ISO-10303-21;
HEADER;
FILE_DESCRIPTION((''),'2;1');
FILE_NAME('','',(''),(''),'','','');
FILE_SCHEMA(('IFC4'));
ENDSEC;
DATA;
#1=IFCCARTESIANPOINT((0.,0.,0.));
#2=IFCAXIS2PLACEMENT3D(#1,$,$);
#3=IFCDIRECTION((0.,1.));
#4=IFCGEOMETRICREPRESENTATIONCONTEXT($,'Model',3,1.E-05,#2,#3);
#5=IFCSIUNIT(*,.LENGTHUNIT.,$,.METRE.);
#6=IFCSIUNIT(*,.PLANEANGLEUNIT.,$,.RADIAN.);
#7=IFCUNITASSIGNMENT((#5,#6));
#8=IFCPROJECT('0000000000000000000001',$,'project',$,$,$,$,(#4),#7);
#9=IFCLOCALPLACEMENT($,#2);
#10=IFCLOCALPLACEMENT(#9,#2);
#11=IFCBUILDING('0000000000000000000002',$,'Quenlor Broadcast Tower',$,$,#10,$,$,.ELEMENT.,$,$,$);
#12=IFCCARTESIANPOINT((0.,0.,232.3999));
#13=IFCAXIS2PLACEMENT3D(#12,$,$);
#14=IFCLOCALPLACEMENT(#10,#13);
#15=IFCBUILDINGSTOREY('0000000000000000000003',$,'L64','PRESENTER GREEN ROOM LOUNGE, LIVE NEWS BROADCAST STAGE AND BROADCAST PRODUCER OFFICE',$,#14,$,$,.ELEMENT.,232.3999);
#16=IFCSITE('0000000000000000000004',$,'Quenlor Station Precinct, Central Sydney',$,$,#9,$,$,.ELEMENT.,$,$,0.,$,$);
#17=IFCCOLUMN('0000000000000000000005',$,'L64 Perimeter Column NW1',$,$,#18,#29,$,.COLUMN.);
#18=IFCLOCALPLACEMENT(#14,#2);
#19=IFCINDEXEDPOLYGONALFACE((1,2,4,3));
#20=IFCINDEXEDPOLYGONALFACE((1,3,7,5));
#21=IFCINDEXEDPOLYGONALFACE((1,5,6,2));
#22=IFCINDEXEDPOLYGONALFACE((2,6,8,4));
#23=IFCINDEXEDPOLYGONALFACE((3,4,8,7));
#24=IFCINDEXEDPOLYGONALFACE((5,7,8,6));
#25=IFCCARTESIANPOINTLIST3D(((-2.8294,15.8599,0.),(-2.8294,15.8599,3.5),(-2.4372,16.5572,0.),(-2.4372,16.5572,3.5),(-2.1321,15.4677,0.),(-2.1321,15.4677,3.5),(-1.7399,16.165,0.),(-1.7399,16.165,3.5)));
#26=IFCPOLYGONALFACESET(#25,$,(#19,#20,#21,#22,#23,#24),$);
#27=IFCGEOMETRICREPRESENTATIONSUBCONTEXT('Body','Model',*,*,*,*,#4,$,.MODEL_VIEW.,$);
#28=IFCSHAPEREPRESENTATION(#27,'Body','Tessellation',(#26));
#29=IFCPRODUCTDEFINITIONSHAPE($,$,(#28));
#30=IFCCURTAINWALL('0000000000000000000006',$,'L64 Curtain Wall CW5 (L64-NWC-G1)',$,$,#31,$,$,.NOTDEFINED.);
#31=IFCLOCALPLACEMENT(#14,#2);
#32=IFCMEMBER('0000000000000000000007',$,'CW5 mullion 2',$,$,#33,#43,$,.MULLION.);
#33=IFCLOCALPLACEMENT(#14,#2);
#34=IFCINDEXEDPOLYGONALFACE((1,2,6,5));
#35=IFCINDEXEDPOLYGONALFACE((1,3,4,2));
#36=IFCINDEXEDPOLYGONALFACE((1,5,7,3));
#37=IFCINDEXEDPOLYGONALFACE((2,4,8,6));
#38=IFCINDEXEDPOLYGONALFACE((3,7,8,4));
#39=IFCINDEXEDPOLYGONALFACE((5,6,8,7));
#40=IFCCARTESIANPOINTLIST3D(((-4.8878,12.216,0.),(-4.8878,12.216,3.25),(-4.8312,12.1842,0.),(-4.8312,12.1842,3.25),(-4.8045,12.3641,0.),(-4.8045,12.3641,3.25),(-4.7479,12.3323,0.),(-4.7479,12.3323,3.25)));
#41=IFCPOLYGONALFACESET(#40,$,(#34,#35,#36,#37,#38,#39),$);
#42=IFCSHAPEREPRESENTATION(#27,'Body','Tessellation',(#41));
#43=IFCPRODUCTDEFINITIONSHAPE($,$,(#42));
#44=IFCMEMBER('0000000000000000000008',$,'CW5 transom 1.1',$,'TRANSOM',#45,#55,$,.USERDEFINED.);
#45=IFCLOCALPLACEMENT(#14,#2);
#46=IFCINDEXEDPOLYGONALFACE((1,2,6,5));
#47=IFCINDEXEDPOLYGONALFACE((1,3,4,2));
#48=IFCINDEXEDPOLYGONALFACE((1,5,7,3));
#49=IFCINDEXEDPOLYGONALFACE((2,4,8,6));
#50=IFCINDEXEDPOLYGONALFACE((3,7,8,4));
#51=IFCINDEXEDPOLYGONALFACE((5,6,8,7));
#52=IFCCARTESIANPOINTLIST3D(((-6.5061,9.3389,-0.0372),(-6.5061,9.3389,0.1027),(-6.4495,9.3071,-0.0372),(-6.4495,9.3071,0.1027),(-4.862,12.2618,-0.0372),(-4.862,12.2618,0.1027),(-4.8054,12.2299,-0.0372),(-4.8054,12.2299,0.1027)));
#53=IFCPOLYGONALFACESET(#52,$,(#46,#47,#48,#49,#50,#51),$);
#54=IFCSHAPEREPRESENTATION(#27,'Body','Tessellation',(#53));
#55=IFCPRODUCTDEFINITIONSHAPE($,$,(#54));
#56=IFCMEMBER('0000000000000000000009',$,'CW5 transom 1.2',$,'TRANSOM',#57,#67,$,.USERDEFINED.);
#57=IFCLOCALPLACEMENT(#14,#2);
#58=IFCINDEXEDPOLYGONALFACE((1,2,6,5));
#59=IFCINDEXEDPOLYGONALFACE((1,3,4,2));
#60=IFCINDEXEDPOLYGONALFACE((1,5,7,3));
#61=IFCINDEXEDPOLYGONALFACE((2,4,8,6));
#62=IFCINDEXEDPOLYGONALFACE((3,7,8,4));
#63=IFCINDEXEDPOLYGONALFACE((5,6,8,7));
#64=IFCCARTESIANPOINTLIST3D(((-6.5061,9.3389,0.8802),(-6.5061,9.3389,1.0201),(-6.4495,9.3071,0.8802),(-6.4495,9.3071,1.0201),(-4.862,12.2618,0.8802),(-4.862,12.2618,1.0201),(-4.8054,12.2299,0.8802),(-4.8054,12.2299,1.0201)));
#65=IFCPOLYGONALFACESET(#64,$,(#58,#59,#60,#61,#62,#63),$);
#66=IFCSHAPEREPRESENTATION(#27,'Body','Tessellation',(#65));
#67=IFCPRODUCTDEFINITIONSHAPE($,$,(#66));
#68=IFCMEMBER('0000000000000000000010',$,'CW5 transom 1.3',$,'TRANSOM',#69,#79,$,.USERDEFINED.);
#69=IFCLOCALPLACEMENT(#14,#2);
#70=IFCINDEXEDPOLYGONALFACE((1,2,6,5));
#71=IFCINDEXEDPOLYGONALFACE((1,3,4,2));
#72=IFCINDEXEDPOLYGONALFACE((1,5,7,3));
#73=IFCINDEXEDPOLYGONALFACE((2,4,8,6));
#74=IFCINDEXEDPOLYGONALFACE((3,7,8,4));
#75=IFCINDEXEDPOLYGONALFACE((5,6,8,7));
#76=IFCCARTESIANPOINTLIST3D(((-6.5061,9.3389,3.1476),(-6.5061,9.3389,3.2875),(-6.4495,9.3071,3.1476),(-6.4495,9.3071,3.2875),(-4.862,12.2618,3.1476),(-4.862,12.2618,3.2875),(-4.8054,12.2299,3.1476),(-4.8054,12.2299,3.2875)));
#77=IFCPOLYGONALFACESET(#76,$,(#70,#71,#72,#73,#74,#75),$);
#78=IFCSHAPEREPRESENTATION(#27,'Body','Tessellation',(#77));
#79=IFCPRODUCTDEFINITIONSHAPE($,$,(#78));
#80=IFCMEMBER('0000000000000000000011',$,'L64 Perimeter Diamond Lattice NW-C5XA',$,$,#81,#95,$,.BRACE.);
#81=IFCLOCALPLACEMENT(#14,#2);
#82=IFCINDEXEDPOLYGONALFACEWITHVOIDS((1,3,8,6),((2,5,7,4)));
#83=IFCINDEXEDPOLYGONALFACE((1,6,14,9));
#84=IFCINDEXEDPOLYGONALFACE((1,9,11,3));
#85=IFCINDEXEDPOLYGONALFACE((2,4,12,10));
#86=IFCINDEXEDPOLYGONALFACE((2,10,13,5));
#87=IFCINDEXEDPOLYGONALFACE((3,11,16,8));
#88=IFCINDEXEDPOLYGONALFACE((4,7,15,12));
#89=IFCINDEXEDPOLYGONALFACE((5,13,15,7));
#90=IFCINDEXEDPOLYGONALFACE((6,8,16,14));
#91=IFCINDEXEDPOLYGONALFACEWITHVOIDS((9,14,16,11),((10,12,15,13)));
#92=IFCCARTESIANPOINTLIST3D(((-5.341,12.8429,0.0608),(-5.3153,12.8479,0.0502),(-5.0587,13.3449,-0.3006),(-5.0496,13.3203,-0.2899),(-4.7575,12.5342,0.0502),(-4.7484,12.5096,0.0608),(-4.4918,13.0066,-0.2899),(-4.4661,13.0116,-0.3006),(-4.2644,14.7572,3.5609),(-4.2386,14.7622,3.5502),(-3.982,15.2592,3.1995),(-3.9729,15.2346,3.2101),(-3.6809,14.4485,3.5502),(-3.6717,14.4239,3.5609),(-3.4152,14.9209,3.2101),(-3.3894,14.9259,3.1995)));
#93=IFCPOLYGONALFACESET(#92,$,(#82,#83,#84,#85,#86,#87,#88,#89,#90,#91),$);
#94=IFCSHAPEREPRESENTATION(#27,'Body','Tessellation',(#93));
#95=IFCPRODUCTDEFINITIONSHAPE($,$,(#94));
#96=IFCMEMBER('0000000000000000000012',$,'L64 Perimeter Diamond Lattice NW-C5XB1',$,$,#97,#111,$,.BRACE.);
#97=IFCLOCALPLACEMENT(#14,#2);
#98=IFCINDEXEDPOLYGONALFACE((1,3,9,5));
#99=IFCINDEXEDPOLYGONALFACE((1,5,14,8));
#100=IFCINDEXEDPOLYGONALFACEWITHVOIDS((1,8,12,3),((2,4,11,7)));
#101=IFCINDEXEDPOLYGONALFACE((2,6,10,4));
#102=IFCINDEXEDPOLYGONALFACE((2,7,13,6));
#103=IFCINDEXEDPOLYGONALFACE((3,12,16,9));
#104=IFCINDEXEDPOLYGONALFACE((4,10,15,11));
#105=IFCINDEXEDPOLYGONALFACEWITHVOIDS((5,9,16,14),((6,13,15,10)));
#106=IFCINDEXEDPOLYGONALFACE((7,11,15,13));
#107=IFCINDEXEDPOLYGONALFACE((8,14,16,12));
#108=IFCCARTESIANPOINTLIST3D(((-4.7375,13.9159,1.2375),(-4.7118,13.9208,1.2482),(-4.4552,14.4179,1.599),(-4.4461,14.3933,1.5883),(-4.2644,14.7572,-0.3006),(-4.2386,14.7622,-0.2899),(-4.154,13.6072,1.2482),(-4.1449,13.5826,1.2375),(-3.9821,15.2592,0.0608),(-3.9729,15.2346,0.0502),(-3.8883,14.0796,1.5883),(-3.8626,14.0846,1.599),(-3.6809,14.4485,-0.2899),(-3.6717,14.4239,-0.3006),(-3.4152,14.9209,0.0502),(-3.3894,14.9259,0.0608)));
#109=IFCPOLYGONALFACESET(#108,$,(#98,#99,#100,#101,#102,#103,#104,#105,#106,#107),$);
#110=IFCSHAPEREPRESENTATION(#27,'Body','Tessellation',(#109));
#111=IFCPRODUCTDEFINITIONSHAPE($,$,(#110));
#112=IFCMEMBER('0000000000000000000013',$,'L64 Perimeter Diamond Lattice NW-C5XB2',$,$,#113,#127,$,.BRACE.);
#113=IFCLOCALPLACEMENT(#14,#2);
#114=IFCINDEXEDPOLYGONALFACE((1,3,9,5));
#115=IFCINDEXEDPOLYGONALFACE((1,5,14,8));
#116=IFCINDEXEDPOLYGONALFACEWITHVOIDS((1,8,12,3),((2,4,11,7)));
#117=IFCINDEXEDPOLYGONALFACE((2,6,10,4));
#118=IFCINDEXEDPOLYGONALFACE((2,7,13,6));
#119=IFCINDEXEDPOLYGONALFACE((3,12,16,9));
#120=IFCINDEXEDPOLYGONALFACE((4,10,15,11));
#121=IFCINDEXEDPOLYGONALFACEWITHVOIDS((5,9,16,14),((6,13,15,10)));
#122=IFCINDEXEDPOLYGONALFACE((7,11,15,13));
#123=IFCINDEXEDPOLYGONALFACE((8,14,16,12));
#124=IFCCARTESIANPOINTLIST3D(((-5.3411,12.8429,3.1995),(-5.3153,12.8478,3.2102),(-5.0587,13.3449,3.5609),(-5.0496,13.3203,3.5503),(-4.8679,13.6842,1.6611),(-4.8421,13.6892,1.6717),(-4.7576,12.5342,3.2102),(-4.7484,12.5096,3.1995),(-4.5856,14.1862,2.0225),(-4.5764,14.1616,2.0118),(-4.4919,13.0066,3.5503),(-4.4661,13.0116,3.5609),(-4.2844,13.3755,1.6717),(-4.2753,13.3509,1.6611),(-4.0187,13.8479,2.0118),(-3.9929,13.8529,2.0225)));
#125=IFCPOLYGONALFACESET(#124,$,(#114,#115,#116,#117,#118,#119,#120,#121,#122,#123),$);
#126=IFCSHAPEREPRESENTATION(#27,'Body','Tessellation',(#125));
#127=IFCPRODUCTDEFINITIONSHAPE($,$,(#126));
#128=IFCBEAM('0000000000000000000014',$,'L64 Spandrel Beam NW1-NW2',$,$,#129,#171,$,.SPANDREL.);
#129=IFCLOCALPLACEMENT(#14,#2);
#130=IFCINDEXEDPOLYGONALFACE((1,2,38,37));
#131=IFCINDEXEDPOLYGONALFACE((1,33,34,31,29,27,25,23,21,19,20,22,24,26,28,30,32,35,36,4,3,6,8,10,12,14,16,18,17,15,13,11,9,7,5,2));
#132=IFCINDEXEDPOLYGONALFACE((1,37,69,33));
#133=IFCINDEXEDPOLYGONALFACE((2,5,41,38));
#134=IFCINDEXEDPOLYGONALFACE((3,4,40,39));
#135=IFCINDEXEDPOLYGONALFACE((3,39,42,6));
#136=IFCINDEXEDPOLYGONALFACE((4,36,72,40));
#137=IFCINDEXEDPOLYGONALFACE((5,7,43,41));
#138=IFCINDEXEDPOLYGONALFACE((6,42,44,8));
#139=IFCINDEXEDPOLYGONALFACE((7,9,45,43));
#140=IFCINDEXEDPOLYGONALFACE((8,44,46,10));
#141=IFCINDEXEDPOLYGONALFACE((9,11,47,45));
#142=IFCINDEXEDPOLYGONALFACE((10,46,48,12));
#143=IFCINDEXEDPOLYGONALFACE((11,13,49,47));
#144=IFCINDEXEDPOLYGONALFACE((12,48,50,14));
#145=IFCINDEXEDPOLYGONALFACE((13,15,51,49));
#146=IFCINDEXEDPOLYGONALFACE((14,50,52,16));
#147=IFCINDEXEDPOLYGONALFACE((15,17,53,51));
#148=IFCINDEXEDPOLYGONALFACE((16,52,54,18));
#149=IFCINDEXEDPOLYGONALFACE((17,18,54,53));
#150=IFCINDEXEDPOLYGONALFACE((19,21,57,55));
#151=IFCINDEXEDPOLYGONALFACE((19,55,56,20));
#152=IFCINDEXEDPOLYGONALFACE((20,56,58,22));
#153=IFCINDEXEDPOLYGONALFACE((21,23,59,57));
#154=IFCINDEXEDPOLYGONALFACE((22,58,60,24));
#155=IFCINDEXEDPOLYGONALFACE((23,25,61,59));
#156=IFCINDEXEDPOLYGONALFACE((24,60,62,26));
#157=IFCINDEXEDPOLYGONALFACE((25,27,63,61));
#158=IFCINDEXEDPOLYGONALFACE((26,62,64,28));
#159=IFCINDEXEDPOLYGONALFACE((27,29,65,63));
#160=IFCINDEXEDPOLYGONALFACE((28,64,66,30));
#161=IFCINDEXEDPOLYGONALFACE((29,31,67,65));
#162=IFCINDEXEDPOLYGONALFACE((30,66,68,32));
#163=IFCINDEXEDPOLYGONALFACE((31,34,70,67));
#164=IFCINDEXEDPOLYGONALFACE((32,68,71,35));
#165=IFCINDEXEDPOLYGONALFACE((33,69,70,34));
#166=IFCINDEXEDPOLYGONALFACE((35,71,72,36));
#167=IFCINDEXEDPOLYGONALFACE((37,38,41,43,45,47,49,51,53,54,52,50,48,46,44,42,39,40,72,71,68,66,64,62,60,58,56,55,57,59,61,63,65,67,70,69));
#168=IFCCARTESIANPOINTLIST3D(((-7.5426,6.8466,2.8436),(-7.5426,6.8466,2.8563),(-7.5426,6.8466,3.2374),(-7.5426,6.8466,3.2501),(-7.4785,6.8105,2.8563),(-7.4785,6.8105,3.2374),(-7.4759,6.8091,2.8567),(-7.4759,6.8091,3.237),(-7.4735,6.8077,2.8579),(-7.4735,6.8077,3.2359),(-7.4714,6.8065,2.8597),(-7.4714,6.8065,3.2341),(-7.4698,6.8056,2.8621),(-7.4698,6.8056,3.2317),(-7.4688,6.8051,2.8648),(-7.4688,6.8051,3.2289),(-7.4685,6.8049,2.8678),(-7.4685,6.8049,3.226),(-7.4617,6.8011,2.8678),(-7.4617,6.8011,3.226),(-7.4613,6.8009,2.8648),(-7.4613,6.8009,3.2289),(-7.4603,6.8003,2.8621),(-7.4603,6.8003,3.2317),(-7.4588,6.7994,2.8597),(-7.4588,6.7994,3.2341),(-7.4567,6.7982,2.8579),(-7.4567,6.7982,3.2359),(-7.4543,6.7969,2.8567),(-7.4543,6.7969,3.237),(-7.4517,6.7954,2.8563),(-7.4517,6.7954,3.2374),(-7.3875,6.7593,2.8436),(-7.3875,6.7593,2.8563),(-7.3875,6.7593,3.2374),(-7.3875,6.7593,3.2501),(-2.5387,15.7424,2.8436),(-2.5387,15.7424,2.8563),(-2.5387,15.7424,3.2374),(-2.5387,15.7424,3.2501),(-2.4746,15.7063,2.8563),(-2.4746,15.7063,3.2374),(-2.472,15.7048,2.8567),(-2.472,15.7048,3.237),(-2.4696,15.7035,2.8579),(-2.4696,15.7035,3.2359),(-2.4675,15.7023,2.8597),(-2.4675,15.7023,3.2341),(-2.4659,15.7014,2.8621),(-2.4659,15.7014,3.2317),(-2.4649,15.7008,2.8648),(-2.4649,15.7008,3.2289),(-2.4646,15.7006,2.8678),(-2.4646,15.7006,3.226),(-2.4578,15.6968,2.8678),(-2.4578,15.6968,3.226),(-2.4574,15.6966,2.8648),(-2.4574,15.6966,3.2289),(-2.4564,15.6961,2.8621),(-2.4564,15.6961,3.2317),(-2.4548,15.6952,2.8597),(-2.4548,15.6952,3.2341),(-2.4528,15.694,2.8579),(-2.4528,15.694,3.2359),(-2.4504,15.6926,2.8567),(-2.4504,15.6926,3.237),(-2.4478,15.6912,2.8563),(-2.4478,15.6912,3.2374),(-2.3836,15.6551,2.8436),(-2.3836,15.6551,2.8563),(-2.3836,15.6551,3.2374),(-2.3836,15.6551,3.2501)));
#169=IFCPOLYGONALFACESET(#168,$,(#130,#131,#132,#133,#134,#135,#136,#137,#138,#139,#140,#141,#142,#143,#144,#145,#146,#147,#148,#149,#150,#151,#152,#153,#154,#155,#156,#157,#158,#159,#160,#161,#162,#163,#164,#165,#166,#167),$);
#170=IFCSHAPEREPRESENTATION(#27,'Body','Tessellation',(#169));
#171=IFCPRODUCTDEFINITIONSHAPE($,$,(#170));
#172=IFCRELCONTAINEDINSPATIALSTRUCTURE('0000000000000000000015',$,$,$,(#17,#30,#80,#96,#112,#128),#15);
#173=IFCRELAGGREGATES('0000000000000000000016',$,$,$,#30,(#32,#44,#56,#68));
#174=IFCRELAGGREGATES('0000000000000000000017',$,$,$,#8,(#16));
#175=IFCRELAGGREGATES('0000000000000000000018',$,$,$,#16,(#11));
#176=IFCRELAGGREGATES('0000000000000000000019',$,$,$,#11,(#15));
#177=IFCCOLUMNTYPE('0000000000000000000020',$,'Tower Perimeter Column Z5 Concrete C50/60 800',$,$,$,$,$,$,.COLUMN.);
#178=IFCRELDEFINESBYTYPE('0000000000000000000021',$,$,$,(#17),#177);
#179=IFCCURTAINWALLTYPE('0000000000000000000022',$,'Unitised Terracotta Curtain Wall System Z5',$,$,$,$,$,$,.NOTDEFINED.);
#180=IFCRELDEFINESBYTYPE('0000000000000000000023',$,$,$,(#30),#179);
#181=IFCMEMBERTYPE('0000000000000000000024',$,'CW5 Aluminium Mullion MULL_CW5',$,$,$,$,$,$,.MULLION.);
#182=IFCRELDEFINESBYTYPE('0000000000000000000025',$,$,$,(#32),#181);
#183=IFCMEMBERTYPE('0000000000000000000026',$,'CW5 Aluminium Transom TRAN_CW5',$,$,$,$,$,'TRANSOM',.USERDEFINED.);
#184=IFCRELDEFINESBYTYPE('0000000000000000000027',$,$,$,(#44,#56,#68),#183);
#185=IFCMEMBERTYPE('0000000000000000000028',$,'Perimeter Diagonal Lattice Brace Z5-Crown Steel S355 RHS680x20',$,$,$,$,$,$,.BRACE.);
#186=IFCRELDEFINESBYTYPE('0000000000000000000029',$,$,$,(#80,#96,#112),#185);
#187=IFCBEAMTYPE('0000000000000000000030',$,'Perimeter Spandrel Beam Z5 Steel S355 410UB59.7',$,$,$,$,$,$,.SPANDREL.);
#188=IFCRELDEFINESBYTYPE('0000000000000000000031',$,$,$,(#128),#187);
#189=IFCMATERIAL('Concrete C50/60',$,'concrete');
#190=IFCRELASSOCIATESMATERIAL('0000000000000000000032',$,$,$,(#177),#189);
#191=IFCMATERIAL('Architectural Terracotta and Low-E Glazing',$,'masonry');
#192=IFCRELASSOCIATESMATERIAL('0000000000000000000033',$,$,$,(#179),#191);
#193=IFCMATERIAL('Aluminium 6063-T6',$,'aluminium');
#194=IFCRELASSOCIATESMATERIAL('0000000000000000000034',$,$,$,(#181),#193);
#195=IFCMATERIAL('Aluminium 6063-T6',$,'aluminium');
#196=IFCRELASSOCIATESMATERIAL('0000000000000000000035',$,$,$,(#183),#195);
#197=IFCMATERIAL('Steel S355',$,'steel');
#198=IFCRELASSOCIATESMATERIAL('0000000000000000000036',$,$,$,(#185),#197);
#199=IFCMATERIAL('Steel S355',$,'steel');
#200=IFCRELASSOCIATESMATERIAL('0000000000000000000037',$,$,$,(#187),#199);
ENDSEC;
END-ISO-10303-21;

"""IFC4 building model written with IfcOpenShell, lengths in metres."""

from ifc_helpers import new_model, si_unit, direction, frame, origin, origin_2d, place, context, subcontext, project, spatial, rectangle, hollow_rectangle, i_section, extrude, material, material_profile, profile_set, type_object, element, aggregate, save


model = new_model("IFC4")

# Units and contexts
model_context = context("Model", 3, precision=1e-05, world=origin(), true_north=direction((0.0, 1.0)))
body_context = subcontext(model_context, "Body", "Model", "MODEL_VIEW")
ifc_project = project(units=[si_unit("LENGTHUNIT", "METRE"), si_unit("PLANEANGLEUNIT", "RADIAN")], contexts=[model_context])

# Site, building, storey
site_placement = place(None, origin())
site = spatial("IfcSite", under=ifc_project, at=site_placement, Name="Quenlor Station Precinct, Central Sydney", CompositionType="ELEMENT", RefElevation=0.0)
building_placement = place(site_placement, origin())
building = spatial("IfcBuilding", under=site, at=building_placement, Name="Quenlor Broadcast Tower", CompositionType="ELEMENT")
storey_placement = place(building_placement, frame((0.0, 0.0, 232.3999)))
storey = spatial("IfcBuildingStorey", under=building, at=storey_placement, Name="L64", Description="PRESENTER GREEN ROOM LOUNGE, LIVE NEWS BROADCAST STAGE AND BROADCAST PRODUCER OFFICE", CompositionType="ELEMENT", Elevation=232.3999)

# Column
ifc_material_1 = material(Name="Concrete C50/60", Category="concrete")
ifc_material_profile_1 = material_profile(ifc_material_1, rectangle(XDim=0.8, YDim=0.8, at=origin_2d()))
ifc_profile_set_1 = profile_set([ifc_material_profile_1], Name="Concrete C50/60 RC800x800")
column_type = type_object("IfcColumnType", Name="Tower Perimeter Column Z5 Concrete C50/60 800", PredefinedType="COLUMN", material=ifc_profile_set_1)
column_placement = place(storey_placement, frame((-2.2847, 16.0125, 0.0), z_axis=(0.0, 0.0, 1.0), x_axis=(-0.871575, 0.490262, 0.0)))
element("IfcColumn", 1, at=column_placement, inside=storey, type_object=column_type, Name="L64 Perimeter Column NW1", PredefinedType="COLUMN", context=body_context, shape_type="SweptSolid", body=[
    extrude(rectangle(XDim=0.8, YDim=0.8, at=origin_2d()), origin(), (0.0, 0.0, 1.0), 3.5),
])

# Curtain wall, members
ifc_material_2 = material(Name="Architectural Terracotta and Low-E Glazing", Category="masonry")
curtain_wall_type = type_object("IfcCurtainWallType", Name="Unitised Terracotta Curtain Wall System Z5", PredefinedType="NOTDEFINED", material=ifc_material_2)
curtain_wall_placement = place(storey_placement, origin())
curtain_wall = element("IfcCurtainWall", 2, at=curtain_wall_placement, inside=storey, type_object=curtain_wall_type, Name="L64 Curtain Wall CW5 (L64-NWC-G1)", PredefinedType="NOTDEFINED")
ifc_material_3 = material(Name="Aluminium 6063-T6", Category="aluminium")
ifc_material_profile_2 = material_profile(ifc_material_3, rectangle(XDim=0.0649, YDim=0.1699, at=origin_2d()))
ifc_profile_set_2 = profile_set([ifc_material_profile_2], Name="Aluminium 6063-T6 MULL65x170")
member_type_1 = type_object("IfcMemberType", Name="CW5 Aluminium Mullion MULL_CW5", PredefinedType="MULLION", material=ifc_profile_set_2)
member_1_placement = place(storey_placement, frame((-4.8179, 12.2742, 0.0), z_axis=(0.0, 0.0, 1.0), x_axis=(-0.871582, 0.49025, 0.0)))
member_1 = element("IfcMember", 3, at=member_1_placement, type_object=member_type_1, Name="CW5 mullion 2", PredefinedType="MULLION", context=body_context, shape_type="SweptSolid", body=[
    extrude(rectangle(XDim=0.0649, YDim=0.1699, at=origin_2d()), origin(), (0.0, 0.0, 1.0), 3.25),
])
ifc_material_4 = material(Name="Aluminium 6063-T6", Category="aluminium")
ifc_material_profile_3 = material_profile(ifc_material_4, rectangle(XDim=0.0649, YDim=0.1399, at=origin_2d()))
ifc_profile_set_3 = profile_set([ifc_material_profile_3], Name="Aluminium 6063-T6 TRAN65x140")
member_type_2 = type_object("IfcMemberType", Name="CW5 Aluminium Transom TRAN_CW5", ElementType="TRANSOM", PredefinedType="USERDEFINED", material=ifc_profile_set_3)
member_2_placement = place(storey_placement, frame((-6.4778, 9.323, 0.0327), z_axis=(0.490247, 0.871583, 0.0), x_axis=(-0.871583, 0.490247, 0.0)))
member_2 = element("IfcMember", 4, at=member_2_placement, type_object=member_type_2, Name="CW5 transom 1.1", ObjectType="TRANSOM", PredefinedType="USERDEFINED", context=body_context, shape_type="SweptSolid", body=[
    extrude(rectangle(XDim=0.0649, YDim=0.1399, at=origin_2d()), origin(), (0.0, 0.0, 1.0), 3.3535),
])
member_3_placement = place(storey_placement, frame((-6.4778, 9.323, 0.9502), z_axis=(0.490247, 0.871583, 0.0), x_axis=(-0.871583, 0.490247, 0.0)))
member_3 = element("IfcMember", 5, at=member_3_placement, type_object=member_type_2, Name="CW5 transom 1.2", ObjectType="TRANSOM", PredefinedType="USERDEFINED", context=body_context, shape_type="SweptSolid", body=[
    extrude(rectangle(XDim=0.0649, YDim=0.1399, at=origin_2d()), origin(), (0.0, 0.0, 1.0), 3.3535),
])
member_4_placement = place(storey_placement, frame((-6.4778, 9.323, 3.2175), z_axis=(0.490247, 0.871583, 0.0), x_axis=(-0.871583, 0.490247, 0.0)))
member_4 = element("IfcMember", 6, at=member_4_placement, type_object=member_type_2, Name="CW5 transom 1.3", ObjectType="TRANSOM", PredefinedType="USERDEFINED", context=body_context, shape_type="SweptSolid", body=[
    extrude(rectangle(XDim=0.0649, YDim=0.1399, at=origin_2d()), origin(), (0.0, 0.0, 1.0), 3.3535),
])

# Members
ifc_material_5 = material(Name="Steel S355", Category="steel")
ifc_material_profile_4 = material_profile(ifc_material_5, hollow_rectangle(XDim=0.6799, YDim=0.6799, WallThickness=0.02, at=origin_2d()))
ifc_profile_set_4 = profile_set([ifc_material_profile_4], Name="Steel S355 RHS680x680x20")
member_type_3 = type_object("IfcMemberType", Name="Perimeter Diagonal Lattice Brace Z5-Crown Steel S355 RHS680x20", PredefinedType="BRACE", material=ifc_profile_set_4)
member_5_placement = place(storey_placement, frame((-4.9036, 12.9272, -0.1199), z_axis=(0.260564, 0.463283, 0.847039), x_axis=(-0.871602, 0.490214, 0.0)))
element("IfcMember", 7, at=member_5_placement, inside=storey, type_object=member_type_3, Name="L64 Perimeter Diamond Lattice NW-C5XA", PredefinedType="BRACE", context=body_context, shape_type="SweptSolid", body=[
    extrude(hollow_rectangle(XDim=0.6799, YDim=0.6799, WallThickness=0.02, at=origin_2d()), origin(), (0.0, 0.0, 1.0), 4.1321),
])
member_6_placement = place(storey_placement, frame((-3.8269, 14.8416, -0.1199), z_axis=(-0.260561, -0.463309, 0.847025), x_axis=(0.871616, -0.490189, 0.0)))
element("IfcMember", 8, at=member_6_placement, inside=storey, type_object=member_type_3, Name="L64 Perimeter Diamond Lattice NW-C5XB1", PredefinedType="BRACE", context=body_context, shape_type="SweptSolid", body=[
    extrude(hollow_rectangle(XDim=0.6799, YDim=0.6799, WallThickness=0.02, at=origin_2d()), origin(), (0.0, 0.0, 1.0), 1.8159),
])
member_7_placement = place(storey_placement, frame((-4.4304, 13.7686, 1.8418), z_axis=(-0.260532, -0.463257, 0.847063), x_axis=(0.871616, -0.490189, 0.0)))
element("IfcMember", 9, at=member_7_placement, inside=storey, type_object=member_type_3, Name="L64 Perimeter Diamond Lattice NW-C5XB2", PredefinedType="BRACE", context=body_context, shape_type="SweptSolid", body=[
    extrude(hollow_rectangle(XDim=0.6799, YDim=0.6799, WallThickness=0.02, at=origin_2d()), origin(), (0.0, 0.0, 1.0), 1.8162),
])

# Beam
ifc_material_6 = material(Name="Steel S355", Category="steel")
ifc_material_profile_5 = material_profile(ifc_material_6, i_section(OverallWidth=0.178, OverallDepth=0.4065, WebThickness=0.0078, FlangeThickness=0.0127, FilletRadius=0.0115, at=origin_2d()))
ifc_profile_set_5 = profile_set([ifc_material_profile_5], Name="Steel S355 410UB59.7")
beam_type_1 = type_object("IfcBeamType", Name="Perimeter Spandrel Beam Z5 Steel S355 410UB59.7", PredefinedType="SPANDREL", material=ifc_profile_set_5)
beam_1_placement = place(storey_placement, frame((-2.4612, 15.6987, 3.0469), z_axis=(-0.490265, -0.871574, 0.0), x_axis=(0.871574, -0.490265, 0.0)))
element("IfcBeam", 10, at=beam_1_placement, inside=storey, type_object=beam_type_1, Name="L64 Spandrel Beam NW1-NW2", PredefinedType="SPANDREL", context=body_context, shape_type="SweptSolid", body=[
    extrude(i_section(OverallWidth=0.178, OverallDepth=0.4065, WebThickness=0.0078, FlangeThickness=0.0127, FilletRadius=0.0115, at=origin_2d()), origin(), (0.0, 0.0, 1.0), 10.2065),
])

aggregate(curtain_wall, [member_1, member_2, member_3, member_4])

save(model, "model.ifc")
